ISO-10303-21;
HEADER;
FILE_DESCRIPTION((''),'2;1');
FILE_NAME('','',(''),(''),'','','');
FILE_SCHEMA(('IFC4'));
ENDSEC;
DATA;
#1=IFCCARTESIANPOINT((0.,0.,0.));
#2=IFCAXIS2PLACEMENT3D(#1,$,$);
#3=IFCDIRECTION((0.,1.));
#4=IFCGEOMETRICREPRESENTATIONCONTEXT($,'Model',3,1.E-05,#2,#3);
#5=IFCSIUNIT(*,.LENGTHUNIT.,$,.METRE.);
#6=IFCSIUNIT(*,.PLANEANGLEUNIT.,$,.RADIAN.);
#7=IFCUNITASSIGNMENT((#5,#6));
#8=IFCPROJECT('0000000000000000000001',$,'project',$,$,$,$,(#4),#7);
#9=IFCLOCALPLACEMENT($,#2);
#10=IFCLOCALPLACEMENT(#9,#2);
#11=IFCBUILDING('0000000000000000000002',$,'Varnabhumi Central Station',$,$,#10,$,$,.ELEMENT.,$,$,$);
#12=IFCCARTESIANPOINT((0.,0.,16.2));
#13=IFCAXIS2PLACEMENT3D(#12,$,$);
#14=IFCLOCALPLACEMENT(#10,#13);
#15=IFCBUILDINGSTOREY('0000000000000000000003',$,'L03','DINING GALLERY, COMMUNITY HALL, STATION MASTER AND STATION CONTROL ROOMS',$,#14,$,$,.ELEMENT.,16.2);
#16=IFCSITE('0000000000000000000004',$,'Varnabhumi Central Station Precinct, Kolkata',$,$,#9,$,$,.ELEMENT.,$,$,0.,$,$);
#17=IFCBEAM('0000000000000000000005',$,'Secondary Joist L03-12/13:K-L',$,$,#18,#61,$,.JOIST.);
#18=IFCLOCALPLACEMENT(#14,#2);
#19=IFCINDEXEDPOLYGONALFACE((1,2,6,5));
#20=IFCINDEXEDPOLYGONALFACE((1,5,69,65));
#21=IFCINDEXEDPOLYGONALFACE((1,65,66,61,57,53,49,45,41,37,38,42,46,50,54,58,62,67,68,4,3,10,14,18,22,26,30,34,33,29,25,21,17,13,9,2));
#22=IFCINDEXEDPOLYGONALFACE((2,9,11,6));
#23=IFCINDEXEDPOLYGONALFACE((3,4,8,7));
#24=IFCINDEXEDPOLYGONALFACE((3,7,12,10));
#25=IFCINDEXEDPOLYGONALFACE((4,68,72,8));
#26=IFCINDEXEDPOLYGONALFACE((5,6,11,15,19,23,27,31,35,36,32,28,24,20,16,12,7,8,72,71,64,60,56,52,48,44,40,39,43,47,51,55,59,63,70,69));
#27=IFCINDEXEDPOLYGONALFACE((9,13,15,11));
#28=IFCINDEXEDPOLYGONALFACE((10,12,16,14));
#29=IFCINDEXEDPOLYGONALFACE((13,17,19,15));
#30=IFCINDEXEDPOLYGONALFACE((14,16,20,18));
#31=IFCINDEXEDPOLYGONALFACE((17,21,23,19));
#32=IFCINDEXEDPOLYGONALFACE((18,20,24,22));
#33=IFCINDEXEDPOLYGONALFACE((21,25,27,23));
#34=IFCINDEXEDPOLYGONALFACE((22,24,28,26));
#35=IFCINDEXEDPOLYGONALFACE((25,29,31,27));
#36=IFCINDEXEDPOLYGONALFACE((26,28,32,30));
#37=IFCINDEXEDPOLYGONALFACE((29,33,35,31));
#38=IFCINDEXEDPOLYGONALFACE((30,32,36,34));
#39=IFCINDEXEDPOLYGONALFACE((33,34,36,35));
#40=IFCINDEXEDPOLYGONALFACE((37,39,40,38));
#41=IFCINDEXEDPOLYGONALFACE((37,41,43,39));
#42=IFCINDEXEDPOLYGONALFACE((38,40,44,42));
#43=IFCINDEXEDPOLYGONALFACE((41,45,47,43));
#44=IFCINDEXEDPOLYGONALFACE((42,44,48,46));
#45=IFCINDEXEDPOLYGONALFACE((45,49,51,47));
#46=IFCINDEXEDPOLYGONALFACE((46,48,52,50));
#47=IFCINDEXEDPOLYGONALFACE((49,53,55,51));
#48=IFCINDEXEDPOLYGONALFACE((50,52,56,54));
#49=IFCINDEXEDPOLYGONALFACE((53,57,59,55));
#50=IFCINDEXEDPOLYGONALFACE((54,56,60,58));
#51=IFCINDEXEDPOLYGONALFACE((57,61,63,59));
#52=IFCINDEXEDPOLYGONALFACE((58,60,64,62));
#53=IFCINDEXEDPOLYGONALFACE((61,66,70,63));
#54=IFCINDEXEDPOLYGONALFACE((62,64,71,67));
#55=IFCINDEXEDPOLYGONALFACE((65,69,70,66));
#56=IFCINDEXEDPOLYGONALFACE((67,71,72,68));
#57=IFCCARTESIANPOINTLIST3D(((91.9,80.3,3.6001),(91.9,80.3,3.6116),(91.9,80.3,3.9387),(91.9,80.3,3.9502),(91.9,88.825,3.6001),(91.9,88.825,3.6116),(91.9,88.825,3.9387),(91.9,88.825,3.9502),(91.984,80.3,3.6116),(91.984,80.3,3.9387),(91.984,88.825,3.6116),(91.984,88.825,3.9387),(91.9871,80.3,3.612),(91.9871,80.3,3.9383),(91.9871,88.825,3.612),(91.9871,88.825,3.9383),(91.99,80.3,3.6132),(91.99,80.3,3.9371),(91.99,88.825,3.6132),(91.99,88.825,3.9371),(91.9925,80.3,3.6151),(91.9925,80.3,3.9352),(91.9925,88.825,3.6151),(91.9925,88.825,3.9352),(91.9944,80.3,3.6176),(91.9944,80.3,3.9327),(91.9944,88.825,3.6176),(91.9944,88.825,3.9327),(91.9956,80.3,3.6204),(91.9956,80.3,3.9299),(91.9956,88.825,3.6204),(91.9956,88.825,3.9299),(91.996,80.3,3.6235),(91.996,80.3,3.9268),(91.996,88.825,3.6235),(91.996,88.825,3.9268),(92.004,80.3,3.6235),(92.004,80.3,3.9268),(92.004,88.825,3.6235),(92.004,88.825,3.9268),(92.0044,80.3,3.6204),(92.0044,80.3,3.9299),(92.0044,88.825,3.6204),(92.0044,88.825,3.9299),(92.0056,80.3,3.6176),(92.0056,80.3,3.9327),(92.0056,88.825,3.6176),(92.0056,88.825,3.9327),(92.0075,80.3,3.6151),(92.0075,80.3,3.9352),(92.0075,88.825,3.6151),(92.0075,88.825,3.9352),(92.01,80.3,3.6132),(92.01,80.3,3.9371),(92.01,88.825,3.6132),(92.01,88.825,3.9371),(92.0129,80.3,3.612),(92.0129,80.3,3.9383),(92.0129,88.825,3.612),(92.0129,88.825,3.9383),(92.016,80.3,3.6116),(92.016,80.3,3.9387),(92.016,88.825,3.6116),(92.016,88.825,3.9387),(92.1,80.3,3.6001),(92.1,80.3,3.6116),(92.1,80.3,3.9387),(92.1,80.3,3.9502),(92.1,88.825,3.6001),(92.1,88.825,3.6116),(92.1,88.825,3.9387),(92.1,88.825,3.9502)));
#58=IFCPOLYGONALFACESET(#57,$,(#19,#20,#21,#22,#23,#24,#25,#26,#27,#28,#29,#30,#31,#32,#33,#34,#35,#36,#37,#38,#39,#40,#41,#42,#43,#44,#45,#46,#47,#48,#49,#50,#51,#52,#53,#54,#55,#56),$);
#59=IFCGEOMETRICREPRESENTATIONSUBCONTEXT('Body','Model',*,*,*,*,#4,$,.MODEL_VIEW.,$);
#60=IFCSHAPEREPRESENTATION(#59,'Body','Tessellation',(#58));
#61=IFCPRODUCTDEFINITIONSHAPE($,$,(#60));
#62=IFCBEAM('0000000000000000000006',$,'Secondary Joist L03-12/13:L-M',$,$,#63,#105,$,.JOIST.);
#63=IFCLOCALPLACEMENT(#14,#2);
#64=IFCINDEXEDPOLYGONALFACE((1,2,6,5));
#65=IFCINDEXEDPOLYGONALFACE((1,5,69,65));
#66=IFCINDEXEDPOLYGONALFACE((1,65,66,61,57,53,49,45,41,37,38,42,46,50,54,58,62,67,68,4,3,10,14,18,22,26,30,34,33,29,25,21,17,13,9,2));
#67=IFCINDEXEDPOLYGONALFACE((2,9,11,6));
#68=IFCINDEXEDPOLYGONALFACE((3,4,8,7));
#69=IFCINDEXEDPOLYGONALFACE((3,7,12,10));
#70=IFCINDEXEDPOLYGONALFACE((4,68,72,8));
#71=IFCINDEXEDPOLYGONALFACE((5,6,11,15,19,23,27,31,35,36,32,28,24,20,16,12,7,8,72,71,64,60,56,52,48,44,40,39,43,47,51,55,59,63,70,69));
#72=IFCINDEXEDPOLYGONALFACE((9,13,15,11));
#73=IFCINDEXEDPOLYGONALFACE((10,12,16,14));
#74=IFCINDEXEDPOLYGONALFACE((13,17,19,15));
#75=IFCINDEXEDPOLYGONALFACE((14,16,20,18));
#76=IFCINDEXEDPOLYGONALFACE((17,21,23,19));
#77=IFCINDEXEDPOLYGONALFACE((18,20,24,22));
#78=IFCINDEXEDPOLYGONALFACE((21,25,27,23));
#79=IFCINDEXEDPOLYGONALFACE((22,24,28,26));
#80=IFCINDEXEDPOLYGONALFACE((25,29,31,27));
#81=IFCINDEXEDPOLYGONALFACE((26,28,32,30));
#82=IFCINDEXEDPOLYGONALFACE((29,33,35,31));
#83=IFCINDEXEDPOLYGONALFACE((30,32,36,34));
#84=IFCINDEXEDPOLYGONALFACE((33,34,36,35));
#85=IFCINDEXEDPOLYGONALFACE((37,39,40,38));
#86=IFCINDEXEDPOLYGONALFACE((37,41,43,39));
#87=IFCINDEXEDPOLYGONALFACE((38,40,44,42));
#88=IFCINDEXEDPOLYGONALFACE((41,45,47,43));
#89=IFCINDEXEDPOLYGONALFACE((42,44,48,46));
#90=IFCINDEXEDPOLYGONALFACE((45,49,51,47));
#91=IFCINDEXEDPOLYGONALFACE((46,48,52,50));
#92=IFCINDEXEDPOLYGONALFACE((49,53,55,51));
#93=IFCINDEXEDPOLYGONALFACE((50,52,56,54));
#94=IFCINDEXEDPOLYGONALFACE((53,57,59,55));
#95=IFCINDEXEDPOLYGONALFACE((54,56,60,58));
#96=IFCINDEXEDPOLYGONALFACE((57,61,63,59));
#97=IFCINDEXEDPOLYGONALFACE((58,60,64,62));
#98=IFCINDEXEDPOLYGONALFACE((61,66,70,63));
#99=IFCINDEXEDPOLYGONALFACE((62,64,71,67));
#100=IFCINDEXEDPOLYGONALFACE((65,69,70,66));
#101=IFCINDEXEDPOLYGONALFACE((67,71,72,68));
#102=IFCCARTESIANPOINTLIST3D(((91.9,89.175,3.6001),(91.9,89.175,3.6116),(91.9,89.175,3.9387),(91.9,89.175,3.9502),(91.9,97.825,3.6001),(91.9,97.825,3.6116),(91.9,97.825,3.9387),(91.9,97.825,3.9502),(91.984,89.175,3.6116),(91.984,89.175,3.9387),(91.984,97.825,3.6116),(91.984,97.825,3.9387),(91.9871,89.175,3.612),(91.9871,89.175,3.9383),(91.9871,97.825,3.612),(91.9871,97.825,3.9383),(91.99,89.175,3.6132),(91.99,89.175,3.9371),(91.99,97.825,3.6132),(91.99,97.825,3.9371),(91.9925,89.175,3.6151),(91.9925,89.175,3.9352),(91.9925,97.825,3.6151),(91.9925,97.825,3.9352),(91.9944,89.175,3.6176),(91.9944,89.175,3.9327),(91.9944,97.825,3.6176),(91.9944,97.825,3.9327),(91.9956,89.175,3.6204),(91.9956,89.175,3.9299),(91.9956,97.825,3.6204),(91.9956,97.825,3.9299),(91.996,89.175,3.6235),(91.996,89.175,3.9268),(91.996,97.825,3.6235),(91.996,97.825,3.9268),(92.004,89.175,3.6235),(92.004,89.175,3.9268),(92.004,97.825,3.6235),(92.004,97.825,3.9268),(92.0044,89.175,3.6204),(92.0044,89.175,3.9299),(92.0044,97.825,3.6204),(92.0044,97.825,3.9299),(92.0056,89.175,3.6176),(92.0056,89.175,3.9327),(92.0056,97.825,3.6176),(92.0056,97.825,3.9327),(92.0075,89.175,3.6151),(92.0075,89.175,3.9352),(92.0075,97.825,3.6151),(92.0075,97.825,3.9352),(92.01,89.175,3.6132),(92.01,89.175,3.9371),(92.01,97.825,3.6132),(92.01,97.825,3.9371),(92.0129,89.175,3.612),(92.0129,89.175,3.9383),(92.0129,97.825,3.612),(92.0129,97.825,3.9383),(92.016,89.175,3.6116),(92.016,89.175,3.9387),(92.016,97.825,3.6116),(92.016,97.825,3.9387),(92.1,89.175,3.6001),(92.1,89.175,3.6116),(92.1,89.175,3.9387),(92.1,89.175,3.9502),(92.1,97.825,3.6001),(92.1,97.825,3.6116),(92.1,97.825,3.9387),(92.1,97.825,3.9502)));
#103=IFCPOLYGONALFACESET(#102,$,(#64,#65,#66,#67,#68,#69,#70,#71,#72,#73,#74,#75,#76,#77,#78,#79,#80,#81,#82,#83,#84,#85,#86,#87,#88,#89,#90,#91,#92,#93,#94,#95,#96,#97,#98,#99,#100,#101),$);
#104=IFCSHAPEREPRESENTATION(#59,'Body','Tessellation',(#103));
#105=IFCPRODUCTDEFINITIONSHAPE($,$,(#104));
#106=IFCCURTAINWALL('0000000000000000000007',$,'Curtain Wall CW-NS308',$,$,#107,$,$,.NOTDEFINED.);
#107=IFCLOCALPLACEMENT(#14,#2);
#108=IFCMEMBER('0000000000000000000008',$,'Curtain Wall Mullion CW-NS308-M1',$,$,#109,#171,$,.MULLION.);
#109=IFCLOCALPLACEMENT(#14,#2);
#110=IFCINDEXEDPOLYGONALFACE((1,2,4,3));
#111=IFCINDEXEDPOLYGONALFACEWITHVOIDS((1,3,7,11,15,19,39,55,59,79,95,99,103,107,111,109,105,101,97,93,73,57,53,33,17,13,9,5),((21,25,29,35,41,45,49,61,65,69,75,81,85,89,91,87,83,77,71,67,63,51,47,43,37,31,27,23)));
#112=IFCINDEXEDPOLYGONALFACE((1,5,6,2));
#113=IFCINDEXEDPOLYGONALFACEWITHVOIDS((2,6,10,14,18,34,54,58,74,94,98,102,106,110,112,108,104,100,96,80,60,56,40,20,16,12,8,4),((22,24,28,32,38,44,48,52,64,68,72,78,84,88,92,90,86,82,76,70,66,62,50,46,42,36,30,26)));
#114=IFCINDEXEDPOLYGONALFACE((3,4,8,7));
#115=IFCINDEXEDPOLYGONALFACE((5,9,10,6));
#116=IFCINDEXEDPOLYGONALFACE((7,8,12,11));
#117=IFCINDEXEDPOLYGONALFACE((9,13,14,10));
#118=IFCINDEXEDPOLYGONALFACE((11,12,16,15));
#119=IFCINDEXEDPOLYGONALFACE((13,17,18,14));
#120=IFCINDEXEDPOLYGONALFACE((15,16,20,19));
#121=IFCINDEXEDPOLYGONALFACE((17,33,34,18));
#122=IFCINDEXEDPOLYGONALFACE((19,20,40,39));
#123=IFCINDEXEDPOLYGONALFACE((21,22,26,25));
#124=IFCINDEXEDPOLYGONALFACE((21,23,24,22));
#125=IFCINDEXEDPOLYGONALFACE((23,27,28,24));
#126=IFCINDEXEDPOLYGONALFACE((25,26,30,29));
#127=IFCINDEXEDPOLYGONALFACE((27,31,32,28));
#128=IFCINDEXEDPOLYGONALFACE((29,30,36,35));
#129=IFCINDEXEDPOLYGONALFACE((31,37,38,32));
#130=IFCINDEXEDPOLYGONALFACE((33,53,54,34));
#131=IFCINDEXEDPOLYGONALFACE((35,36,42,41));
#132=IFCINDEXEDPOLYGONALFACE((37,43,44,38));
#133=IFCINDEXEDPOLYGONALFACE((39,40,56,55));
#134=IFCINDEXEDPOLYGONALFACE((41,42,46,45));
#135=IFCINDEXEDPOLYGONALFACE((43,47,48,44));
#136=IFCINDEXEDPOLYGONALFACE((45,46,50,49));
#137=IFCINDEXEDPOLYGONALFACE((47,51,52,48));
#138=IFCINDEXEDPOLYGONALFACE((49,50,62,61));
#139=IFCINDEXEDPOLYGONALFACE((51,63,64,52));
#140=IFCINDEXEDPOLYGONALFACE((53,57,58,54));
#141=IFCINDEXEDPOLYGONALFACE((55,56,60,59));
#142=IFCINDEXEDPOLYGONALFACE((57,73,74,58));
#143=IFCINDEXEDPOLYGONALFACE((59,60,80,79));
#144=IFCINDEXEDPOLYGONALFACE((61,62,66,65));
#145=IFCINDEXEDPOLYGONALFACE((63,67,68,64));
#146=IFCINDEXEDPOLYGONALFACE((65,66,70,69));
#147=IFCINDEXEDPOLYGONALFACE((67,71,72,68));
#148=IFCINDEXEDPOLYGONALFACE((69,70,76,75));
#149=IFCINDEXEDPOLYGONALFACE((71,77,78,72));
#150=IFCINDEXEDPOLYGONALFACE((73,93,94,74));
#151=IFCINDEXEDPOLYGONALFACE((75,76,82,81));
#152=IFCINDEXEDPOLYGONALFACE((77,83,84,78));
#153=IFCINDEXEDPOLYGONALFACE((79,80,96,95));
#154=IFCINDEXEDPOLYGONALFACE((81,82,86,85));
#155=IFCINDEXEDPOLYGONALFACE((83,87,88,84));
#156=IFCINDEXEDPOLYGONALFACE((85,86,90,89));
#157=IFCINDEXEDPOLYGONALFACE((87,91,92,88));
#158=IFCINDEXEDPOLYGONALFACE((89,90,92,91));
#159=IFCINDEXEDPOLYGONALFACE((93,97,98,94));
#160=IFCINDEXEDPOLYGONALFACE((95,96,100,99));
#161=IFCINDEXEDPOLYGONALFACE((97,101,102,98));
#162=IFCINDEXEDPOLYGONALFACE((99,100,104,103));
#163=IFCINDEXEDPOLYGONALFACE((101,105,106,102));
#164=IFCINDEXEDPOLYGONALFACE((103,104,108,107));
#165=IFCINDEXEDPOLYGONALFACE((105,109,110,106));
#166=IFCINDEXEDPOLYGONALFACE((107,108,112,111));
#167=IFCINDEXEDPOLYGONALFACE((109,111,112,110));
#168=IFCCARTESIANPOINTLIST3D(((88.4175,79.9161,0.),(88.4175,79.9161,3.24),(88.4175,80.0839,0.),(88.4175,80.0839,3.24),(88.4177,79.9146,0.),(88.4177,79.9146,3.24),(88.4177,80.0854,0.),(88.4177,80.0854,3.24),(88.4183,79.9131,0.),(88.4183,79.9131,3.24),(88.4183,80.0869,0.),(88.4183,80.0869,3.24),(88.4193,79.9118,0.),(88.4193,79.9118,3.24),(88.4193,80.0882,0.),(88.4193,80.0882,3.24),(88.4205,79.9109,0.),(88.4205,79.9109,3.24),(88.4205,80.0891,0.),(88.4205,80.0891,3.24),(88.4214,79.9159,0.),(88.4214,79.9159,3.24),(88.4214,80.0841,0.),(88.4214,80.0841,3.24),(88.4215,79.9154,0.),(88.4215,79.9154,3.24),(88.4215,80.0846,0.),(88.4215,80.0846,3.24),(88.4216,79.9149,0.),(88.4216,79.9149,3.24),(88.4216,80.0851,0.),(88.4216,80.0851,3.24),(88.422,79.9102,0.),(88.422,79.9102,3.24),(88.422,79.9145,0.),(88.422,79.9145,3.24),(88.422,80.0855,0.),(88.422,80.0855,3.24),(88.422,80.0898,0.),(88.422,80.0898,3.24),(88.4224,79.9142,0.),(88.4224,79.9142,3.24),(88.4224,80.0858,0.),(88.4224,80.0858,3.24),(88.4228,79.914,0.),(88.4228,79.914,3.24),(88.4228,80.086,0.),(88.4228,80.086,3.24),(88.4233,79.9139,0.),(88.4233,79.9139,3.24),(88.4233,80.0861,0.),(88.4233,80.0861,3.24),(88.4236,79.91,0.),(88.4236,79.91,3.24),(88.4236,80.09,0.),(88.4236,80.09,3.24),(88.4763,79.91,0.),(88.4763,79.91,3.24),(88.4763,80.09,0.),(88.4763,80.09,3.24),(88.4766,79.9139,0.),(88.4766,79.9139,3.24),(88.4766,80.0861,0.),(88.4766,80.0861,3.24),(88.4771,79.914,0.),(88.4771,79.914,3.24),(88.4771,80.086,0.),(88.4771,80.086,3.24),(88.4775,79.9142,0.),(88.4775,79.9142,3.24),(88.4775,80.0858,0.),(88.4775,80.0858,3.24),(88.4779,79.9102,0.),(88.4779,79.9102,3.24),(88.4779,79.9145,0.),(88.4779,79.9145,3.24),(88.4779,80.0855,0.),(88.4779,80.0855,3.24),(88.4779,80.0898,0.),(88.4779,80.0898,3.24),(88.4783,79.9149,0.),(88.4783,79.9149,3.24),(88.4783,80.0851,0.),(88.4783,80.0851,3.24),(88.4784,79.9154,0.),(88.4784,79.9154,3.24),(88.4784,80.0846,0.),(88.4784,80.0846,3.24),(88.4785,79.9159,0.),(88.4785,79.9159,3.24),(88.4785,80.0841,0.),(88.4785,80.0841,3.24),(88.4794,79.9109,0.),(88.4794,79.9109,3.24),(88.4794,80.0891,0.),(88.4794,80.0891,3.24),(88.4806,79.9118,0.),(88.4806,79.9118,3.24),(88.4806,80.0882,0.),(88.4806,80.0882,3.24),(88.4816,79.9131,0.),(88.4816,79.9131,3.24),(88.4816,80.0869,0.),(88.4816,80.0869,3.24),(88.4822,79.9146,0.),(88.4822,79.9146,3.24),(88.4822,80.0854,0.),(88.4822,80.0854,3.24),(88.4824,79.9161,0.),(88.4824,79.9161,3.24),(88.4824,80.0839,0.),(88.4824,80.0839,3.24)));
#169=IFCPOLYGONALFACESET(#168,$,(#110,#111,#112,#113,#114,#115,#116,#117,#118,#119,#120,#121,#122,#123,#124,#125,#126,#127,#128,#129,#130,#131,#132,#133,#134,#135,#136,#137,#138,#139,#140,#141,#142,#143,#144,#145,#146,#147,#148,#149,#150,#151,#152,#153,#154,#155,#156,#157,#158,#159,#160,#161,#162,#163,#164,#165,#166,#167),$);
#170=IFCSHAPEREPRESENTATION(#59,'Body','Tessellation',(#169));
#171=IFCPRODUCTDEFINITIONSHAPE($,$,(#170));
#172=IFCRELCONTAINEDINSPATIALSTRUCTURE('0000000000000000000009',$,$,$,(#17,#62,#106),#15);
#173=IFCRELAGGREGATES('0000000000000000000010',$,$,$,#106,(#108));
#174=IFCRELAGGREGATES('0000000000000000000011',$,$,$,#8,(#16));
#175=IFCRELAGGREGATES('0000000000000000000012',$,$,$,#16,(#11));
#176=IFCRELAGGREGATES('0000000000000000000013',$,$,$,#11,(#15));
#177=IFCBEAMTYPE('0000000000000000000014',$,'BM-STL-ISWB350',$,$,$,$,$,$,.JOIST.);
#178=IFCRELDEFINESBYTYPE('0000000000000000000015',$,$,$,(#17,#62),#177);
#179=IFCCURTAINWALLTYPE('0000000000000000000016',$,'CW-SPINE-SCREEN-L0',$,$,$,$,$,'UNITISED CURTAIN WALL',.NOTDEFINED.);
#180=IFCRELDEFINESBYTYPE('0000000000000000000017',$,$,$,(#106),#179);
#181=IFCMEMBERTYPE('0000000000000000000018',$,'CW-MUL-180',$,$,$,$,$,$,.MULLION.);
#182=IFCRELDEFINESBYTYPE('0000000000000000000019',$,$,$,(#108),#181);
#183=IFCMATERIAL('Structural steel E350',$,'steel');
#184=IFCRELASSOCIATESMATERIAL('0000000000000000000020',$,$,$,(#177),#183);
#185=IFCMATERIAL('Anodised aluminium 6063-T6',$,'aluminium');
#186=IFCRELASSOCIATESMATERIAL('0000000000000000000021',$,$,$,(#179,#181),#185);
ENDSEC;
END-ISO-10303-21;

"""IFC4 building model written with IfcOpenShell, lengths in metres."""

from ifc_helpers import new_model, si_unit, direction, frame, origin, origin_2d, place, context, subcontext, project, spatial, hollow_rectangle, i_section, extrude, material, material_profile, profile_set, type_object, element, aggregate, save


model = new_model("IFC4")

# Units and contexts
model_context = context("Model", 3, precision=1e-05, world=origin(), true_north=direction((0.0, 1.0)))
body_context = subcontext(model_context, "Body", "Model", "MODEL_VIEW")
ifc_project = project(units=[si_unit("LENGTHUNIT", "METRE"), si_unit("PLANEANGLEUNIT", "RADIAN")], contexts=[model_context])

# Site, building, storey
site_placement = place(None, origin())
site = spatial("IfcSite", under=ifc_project, at=site_placement, Name="Varnabhumi Central Station Precinct, Kolkata", CompositionType="ELEMENT", RefElevation=0.0)
building_placement = place(site_placement, origin())
building = spatial("IfcBuilding", under=site, at=building_placement, Name="Varnabhumi Central Station", CompositionType="ELEMENT")
storey_placement = place(building_placement, frame((0.0, 0.0, 16.2)))
storey = spatial("IfcBuildingStorey", under=building, at=storey_placement, Name="L03", Description="DINING GALLERY, COMMUNITY HALL, STATION MASTER AND STATION CONTROL ROOMS", CompositionType="ELEMENT", Elevation=16.2)

# Beams
ifc_material_1 = material(Name="Structural steel E350", Category="steel")
ifc_material_profile_1 = material_profile(ifc_material_1, i_section(OverallWidth=0.2, OverallDepth=0.3501, WebThickness=0.0081, FlangeThickness=0.0115, FilletRadius=0.012, at=origin_2d()), Name="Structural steel E350", Category="steel")
ifc_profile_set_1 = profile_set([ifc_material_profile_1], Name="Structural steel E350")
beam_type_1 = type_object("IfcBeamType", Name="BM-STL-ISWB350", PredefinedType="JOIST", material=ifc_profile_set_1)
beam_1_placement = place(storey_placement, frame((92.0, 80.3, 3.7751), z_axis=(0.0, 1.0, 0.0), x_axis=(-1.0, 0.0, 0.0)))
element("IfcBeam", 1, at=beam_1_placement, inside=storey, type_object=beam_type_1, Name="Secondary Joist L03-12/13:K-L", PredefinedType="JOIST", context=body_context, shape_type="SweptSolid", body=[
    extrude(i_section(OverallWidth=0.2, OverallDepth=0.3501, WebThickness=0.0081, FlangeThickness=0.0115, FilletRadius=0.012, at=origin_2d()), origin(), (0.0, 0.0, 1.0), 8.5249),
])
beam_2_placement = place(storey_placement, frame((92.0, 89.175, 3.7751), z_axis=(0.0, 1.0, 0.0), x_axis=(-1.0, 0.0, 0.0)))
element("IfcBeam", 2, at=beam_2_placement, inside=storey, type_object=beam_type_1, Name="Secondary Joist L03-12/13:L-M", PredefinedType="JOIST", context=body_context, shape_type="SweptSolid", body=[
    extrude(i_section(OverallWidth=0.2, OverallDepth=0.3501, WebThickness=0.0081, FlangeThickness=0.0115, FilletRadius=0.012, at=origin_2d()), origin(), (0.0, 0.0, 1.0), 8.6499),
])

# Curtain wall, member
ifc_material_2 = material(Name="Anodised aluminium 6063-T6", Category="aluminium")
curtain_wall_type = type_object("IfcCurtainWallType", Name="CW-SPINE-SCREEN-L0", ElementType="UNITISED CURTAIN WALL", PredefinedType="NOTDEFINED", material=ifc_material_2)
curtain_wall_placement = place(storey_placement, origin())
curtain_wall = element("IfcCurtainWall", 3, at=curtain_wall_placement, inside=storey, type_object=curtain_wall_type, Name="Curtain Wall CW-NS308", PredefinedType="NOTDEFINED")
ifc_material_profile_2 = material_profile(ifc_material_2, hollow_rectangle(XDim=0.0649, YDim=0.1799, WallThickness=0.0039, InnerFilletRadius=0.002, OuterFilletRadius=0.0061, at=origin_2d()), Name="Anodised aluminium 6063-T6", Category="aluminium")
ifc_profile_set_2 = profile_set([ifc_material_profile_2], Name="Anodised aluminium 6063-T6")
member_type_1 = type_object("IfcMemberType", Name="CW-MUL-180", PredefinedType="MULLION", material=ifc_profile_set_2)
member_1_placement = place(storey_placement, frame((88.45, 80.0, 0.0), z_axis=(0.0, 0.0, 1.0), x_axis=(1.0, 0.0, 0.0)))
member_1 = element("IfcMember", 4, at=member_1_placement, type_object=member_type_1, Name="Curtain Wall Mullion CW-NS308-M1", PredefinedType="MULLION", context=body_context, shape_type="SweptSolid", body=[
    extrude(hollow_rectangle(XDim=0.0649, YDim=0.1799, WallThickness=0.0039, InnerFilletRadius=0.002, OuterFilletRadius=0.0061, at=origin_2d()), origin(), (0.0, 0.0, 1.0), 3.24),
])

aggregate(curtain_wall, [member_1])

save(model, "model.ifc")
